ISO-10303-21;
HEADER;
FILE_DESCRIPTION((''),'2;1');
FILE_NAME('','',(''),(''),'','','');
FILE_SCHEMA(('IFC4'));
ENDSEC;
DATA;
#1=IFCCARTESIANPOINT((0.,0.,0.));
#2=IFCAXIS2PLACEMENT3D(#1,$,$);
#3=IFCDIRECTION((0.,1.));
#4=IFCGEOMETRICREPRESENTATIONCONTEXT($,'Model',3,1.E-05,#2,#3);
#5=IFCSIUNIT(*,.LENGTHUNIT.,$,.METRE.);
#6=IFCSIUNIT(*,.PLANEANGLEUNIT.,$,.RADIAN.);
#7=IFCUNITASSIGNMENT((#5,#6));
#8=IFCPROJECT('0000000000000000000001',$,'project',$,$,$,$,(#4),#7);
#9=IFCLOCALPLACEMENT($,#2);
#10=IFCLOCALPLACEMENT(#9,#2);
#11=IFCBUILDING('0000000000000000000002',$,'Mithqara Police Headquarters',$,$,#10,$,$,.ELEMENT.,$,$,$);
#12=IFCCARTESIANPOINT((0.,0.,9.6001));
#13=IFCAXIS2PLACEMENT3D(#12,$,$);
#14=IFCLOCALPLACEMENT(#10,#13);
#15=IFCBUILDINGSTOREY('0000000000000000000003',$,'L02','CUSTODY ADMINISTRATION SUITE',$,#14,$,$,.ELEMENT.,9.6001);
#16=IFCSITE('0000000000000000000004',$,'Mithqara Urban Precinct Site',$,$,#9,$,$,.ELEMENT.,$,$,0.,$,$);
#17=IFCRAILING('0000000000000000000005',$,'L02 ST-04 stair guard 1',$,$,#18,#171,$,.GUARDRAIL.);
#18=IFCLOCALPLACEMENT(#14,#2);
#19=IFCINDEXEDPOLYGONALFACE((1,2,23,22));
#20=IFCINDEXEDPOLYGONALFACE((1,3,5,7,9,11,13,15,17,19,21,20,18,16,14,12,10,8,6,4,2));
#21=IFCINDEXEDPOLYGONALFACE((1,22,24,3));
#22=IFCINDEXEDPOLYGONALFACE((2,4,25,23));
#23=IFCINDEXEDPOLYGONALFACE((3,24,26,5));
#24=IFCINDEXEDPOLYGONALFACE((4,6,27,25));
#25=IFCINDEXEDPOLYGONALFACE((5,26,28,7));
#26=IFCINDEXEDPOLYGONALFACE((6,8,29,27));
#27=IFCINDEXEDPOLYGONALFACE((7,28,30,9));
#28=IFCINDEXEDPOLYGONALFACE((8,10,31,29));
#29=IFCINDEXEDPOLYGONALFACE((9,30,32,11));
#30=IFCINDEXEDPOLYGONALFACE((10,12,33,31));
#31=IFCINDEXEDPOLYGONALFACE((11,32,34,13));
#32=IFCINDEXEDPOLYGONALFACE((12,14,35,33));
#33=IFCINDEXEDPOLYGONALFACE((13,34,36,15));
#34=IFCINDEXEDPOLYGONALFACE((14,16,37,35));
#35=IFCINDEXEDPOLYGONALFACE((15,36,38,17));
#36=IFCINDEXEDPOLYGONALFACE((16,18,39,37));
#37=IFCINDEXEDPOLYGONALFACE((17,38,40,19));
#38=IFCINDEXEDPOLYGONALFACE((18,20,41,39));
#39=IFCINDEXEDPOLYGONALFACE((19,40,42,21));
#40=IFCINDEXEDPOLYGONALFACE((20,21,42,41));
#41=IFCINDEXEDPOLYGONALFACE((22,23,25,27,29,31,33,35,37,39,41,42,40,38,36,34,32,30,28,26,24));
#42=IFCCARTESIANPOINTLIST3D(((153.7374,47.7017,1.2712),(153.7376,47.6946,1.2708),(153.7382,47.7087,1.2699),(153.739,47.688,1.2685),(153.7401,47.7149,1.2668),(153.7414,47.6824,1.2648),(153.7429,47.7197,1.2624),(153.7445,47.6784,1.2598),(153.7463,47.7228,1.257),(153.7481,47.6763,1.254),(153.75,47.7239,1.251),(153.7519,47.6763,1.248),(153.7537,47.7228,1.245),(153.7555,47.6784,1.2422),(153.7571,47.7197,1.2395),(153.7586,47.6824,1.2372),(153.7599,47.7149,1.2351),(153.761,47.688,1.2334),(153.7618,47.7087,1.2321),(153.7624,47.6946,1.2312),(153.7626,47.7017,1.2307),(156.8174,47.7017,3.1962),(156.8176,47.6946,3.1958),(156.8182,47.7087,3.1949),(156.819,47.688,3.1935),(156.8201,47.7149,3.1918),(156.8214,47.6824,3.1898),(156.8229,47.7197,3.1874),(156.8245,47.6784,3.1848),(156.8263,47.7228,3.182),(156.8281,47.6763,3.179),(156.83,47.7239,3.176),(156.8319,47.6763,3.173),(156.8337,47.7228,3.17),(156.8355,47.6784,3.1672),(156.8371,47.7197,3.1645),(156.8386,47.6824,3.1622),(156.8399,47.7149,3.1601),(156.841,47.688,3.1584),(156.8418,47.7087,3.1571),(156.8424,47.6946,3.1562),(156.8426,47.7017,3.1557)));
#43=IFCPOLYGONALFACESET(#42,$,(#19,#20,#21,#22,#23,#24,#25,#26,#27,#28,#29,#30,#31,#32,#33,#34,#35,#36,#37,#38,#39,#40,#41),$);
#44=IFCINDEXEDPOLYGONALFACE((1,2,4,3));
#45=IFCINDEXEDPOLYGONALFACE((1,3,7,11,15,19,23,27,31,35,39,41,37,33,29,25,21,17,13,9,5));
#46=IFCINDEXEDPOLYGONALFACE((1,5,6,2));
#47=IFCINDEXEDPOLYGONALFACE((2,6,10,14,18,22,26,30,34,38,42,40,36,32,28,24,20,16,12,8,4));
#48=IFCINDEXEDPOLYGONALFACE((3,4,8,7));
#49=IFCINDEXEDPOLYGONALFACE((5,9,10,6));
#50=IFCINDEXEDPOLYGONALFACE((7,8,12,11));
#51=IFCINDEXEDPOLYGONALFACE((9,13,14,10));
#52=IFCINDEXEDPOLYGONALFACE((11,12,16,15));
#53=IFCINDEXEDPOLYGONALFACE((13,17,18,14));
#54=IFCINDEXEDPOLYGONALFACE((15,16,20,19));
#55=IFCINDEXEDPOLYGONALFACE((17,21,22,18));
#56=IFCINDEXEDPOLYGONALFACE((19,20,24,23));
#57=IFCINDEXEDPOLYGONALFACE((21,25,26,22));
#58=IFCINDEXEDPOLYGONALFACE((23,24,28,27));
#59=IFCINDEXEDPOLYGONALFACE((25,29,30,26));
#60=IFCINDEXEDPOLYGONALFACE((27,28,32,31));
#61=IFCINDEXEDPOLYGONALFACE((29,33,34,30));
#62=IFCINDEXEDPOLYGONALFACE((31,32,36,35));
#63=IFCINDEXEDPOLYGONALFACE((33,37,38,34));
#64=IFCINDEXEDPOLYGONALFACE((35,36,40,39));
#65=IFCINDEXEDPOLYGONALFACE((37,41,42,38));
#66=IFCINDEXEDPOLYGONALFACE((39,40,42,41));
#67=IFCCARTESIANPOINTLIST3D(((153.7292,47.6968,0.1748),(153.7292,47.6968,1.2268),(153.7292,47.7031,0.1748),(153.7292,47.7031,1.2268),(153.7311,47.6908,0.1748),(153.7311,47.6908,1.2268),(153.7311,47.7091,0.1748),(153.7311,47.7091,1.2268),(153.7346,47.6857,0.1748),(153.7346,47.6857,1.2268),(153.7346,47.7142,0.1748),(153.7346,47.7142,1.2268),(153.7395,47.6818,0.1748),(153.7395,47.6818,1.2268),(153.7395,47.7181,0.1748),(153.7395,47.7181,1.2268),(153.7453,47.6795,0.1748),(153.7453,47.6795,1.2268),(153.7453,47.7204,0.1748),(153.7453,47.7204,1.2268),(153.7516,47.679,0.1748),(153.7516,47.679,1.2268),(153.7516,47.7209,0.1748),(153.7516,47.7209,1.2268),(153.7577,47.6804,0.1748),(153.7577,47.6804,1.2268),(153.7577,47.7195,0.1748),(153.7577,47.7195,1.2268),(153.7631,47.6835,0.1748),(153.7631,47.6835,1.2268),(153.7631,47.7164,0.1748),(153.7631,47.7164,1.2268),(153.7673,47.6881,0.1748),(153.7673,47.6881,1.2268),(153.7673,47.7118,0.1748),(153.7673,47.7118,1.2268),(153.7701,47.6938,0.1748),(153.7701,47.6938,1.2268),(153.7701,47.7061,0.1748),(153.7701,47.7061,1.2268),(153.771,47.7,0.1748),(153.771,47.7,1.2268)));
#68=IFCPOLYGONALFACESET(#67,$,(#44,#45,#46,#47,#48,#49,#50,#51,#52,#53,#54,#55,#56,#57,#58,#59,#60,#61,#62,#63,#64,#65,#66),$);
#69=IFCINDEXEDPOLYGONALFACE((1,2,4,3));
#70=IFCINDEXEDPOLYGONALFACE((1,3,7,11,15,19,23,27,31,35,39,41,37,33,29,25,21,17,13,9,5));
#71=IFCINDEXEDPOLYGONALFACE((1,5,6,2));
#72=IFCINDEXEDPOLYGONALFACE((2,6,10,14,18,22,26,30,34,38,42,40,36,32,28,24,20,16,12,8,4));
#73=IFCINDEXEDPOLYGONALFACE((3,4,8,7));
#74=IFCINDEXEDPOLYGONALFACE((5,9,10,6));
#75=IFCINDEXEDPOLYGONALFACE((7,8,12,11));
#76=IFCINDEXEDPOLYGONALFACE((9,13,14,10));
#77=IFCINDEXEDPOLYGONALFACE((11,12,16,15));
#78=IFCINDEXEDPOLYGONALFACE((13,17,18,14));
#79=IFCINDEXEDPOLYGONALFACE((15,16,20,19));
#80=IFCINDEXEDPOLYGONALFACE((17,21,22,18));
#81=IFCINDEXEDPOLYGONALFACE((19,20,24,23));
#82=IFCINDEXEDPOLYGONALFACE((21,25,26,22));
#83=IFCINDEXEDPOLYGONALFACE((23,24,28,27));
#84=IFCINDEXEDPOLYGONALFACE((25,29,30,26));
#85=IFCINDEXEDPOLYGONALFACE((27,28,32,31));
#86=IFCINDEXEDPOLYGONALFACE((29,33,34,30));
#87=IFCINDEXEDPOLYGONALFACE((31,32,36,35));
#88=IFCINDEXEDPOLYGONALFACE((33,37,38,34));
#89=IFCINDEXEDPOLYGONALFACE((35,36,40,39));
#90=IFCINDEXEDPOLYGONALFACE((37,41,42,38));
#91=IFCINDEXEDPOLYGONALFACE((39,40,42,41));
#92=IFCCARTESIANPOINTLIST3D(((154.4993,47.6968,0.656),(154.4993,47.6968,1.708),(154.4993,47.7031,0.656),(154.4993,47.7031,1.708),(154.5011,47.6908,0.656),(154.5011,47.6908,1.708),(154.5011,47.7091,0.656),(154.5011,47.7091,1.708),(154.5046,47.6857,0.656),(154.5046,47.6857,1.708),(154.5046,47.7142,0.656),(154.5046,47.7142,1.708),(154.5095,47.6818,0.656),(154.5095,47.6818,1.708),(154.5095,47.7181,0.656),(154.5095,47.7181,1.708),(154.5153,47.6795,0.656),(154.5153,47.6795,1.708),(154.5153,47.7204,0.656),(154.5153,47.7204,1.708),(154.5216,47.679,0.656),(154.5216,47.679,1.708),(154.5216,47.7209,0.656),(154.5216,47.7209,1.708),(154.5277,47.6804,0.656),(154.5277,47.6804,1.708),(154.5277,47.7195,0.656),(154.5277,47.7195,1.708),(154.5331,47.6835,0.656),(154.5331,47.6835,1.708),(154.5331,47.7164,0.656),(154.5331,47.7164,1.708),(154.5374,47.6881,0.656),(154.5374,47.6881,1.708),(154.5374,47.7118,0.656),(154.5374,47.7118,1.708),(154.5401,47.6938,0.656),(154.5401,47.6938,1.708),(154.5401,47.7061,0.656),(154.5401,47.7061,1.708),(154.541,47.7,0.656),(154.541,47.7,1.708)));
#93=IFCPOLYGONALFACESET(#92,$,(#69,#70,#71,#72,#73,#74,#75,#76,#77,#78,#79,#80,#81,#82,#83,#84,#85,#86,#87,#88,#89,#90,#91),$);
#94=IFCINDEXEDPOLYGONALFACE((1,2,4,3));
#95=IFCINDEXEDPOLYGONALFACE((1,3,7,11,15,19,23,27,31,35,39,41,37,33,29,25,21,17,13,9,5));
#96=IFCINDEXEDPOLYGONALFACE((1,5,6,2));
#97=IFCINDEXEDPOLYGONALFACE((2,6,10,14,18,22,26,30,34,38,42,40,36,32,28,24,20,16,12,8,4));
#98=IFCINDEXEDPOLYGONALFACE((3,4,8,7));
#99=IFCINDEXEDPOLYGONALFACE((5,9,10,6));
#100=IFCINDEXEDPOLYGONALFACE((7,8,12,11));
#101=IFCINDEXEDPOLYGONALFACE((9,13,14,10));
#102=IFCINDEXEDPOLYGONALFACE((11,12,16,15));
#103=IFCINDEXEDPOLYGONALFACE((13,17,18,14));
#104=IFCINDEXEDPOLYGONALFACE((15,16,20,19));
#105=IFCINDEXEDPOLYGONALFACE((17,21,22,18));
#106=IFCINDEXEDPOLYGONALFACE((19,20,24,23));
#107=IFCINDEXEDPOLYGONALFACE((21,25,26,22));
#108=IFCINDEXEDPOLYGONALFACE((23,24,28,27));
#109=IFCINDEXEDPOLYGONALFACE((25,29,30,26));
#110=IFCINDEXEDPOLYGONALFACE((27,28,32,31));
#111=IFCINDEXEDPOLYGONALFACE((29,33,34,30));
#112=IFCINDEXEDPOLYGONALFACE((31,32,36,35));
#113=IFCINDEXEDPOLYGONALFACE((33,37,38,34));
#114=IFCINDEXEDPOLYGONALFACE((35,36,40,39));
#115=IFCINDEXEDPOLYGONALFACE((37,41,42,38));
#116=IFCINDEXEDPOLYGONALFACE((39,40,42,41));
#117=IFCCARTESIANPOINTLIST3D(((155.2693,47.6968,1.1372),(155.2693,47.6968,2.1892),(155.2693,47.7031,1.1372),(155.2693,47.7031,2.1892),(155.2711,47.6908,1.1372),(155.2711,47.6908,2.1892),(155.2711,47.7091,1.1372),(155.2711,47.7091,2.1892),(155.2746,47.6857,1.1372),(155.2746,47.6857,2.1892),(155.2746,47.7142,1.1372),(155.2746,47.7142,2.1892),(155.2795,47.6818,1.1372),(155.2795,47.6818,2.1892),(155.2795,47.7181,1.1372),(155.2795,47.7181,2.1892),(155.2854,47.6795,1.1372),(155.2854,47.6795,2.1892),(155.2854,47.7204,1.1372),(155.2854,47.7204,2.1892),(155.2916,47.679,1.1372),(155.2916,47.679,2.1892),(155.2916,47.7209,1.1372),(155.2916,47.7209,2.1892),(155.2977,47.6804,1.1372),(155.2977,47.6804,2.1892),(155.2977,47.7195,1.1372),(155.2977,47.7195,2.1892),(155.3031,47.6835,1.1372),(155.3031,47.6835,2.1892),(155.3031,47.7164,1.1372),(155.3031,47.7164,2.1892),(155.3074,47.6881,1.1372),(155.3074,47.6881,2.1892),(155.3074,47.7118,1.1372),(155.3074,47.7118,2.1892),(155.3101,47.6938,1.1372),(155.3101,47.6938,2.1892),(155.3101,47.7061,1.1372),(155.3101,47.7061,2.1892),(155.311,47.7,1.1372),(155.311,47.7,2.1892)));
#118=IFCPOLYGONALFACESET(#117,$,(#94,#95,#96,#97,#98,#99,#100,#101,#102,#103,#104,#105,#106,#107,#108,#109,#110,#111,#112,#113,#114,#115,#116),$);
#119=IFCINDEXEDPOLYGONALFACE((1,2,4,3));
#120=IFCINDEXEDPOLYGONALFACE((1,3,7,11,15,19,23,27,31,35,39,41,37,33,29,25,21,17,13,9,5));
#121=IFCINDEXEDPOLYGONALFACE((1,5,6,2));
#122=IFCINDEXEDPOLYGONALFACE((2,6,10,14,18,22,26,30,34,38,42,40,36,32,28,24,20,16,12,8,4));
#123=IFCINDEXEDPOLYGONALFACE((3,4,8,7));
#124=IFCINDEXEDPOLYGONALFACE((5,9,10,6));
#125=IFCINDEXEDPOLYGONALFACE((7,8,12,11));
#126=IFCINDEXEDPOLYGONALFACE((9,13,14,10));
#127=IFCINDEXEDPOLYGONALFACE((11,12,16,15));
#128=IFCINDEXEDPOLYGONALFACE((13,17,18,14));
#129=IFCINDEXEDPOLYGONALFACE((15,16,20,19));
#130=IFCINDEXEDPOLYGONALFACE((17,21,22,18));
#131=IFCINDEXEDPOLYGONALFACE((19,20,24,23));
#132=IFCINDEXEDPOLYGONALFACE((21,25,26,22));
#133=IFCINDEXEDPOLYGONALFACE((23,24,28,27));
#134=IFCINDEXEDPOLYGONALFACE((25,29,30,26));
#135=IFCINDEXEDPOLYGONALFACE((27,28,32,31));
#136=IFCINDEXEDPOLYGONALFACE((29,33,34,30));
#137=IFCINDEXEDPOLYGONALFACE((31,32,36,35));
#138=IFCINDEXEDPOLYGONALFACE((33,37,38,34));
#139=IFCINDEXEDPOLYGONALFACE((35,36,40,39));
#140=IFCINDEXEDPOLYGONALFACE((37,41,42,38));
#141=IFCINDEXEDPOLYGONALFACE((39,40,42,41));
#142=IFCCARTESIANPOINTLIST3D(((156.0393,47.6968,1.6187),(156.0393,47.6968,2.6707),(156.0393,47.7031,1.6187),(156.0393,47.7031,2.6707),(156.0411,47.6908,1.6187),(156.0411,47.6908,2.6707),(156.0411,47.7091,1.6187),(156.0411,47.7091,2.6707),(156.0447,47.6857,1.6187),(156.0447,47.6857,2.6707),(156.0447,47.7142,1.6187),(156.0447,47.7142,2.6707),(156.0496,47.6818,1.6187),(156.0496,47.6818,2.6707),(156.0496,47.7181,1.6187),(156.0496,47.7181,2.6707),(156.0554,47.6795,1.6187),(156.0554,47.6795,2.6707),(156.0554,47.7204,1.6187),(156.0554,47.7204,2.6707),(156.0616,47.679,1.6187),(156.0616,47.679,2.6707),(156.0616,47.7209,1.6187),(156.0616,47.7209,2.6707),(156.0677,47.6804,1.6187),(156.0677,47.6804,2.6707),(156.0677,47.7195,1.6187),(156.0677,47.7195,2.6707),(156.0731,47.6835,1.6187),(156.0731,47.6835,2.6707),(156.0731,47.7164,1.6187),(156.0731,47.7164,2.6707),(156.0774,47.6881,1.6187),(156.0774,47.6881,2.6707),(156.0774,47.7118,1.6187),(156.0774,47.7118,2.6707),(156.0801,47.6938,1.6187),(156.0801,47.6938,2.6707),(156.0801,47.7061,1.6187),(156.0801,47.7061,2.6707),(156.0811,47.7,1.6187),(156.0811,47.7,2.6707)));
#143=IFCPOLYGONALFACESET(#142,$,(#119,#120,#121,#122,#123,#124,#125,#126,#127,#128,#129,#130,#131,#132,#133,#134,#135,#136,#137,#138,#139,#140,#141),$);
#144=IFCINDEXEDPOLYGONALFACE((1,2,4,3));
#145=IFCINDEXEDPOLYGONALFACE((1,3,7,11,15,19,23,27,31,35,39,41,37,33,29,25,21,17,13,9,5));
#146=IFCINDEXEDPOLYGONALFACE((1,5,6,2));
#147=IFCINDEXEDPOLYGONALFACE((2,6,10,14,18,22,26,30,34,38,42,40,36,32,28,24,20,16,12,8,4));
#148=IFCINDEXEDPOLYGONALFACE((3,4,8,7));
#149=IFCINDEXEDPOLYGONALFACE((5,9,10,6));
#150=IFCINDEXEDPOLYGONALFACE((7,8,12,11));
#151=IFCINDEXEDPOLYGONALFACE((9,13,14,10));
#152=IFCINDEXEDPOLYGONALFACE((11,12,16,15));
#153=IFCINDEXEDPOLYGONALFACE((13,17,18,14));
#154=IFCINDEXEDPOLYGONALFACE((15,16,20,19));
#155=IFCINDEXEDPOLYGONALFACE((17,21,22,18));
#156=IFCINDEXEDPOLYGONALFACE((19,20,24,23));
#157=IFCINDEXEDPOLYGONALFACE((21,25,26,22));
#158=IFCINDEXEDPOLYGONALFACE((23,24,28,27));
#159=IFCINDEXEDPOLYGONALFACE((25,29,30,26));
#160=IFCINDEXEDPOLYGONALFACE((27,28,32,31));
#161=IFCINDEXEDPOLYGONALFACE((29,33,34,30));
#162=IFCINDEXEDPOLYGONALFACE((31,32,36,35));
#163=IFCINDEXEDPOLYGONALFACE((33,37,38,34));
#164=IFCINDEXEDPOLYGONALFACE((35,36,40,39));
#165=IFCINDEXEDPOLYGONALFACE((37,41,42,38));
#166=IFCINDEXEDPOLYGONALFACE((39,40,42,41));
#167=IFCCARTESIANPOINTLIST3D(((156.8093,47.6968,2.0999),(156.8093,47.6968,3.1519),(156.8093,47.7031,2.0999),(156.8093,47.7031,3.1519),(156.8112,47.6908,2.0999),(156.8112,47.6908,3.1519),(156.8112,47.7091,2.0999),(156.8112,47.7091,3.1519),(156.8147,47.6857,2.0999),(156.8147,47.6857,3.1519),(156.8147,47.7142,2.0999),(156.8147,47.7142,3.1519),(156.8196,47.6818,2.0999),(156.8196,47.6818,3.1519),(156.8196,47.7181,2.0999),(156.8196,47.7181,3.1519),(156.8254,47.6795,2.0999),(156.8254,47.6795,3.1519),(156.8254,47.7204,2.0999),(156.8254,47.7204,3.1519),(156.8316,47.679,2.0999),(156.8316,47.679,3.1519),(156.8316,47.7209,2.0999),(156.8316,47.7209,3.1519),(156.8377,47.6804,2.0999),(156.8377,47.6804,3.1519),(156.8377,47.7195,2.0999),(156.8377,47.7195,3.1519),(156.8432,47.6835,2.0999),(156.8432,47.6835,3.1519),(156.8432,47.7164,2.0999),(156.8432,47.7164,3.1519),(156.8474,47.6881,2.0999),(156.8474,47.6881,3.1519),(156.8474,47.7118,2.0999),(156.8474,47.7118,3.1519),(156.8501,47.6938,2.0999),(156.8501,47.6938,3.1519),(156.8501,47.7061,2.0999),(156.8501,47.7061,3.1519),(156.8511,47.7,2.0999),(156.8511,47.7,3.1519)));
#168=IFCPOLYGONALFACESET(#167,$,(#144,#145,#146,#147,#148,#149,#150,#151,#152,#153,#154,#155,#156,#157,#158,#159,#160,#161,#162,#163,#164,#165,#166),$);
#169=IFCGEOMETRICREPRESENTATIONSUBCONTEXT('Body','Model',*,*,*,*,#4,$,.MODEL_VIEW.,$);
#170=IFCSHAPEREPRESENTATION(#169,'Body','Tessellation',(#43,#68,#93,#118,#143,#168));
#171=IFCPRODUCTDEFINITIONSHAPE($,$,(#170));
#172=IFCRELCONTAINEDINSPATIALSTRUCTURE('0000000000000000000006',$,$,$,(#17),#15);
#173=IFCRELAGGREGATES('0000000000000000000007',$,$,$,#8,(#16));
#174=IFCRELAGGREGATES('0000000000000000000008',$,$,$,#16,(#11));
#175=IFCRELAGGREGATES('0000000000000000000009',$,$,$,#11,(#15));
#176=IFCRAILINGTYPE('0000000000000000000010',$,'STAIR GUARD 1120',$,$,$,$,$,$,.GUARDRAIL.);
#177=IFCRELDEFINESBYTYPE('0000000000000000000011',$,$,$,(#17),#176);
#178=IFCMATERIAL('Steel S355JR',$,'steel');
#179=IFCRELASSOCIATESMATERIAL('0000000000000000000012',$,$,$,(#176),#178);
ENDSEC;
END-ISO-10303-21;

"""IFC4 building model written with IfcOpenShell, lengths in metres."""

from ifc_helpers import new_model, si_unit, direction, frame, origin, origin_2d, place, context, subcontext, project, spatial, circle, extrude, material, type_object, element, save


model = new_model("IFC4")

# Units and contexts
model_context = context("Model", 3, precision=1e-05, world=origin(), true_north=direction((0.0, 1.0)))
body_context = subcontext(model_context, "Body", "Model", "MODEL_VIEW")
ifc_project = project(units=[si_unit("LENGTHUNIT", "METRE"), si_unit("PLANEANGLEUNIT", "RADIAN")], contexts=[model_context])

# Site, building, storey
site_placement = place(None, origin())
site = spatial("IfcSite", under=ifc_project, at=site_placement, Name="Mithqara Urban Precinct Site", CompositionType="ELEMENT", RefElevation=0.0)
building_placement = place(site_placement, origin())
building = spatial("IfcBuilding", under=site, at=building_placement, Name="Mithqara Police Headquarters", CompositionType="ELEMENT")
storey_placement = place(building_placement, frame((0.0, 0.0, 9.6001)))
storey = spatial("IfcBuildingStorey", under=building, at=storey_placement, Name="L02", Description="CUSTODY ADMINISTRATION SUITE", CompositionType="ELEMENT", Elevation=9.6001)

# Shared definitions
ifc_material_1 = material(Name="Steel S355JR", Category="steel")

# Railing
railing_type_1 = type_object("IfcRailingType", Name="STAIR GUARD 1120", PredefinedType="GUARDRAIL", material=ifc_material_1)
railing_1_placement = place(storey_placement, frame((153.75, 47.7, 0.1748)))
element("IfcRailing", 1, at=railing_1_placement, inside=storey, type_object=railing_type_1, Name="L02 ST-04 stair guard 1", PredefinedType="GUARDRAIL", context=body_context, shape_type="SweptSolid", body=[
    extrude(circle(Radius=0.0239, at=origin_2d()), frame((0.0, 0.0, 1.0762), z_axis=(0.847998, 0.0, 0.529999), x_axis=(0.0, 1.0, 0.0)), (0.0, 0.0, 1.0), 3.6321),
    extrude(circle(Radius=0.021, at=origin_2d()), origin(), (0.0, 0.0, 1.0), 1.052),
    extrude(circle(Radius=0.021, at=origin_2d()), frame((0.77, 0.0, 0.4812)), (0.0, 0.0, 1.0), 1.052),
    extrude(circle(Radius=0.021, at=origin_2d()), frame((1.54, 0.0, 0.9624)), (0.0, 0.0, 1.0), 1.052),
    extrude(circle(Radius=0.021, at=origin_2d()), frame((2.3101, 0.0, 1.4438)), (0.0, 0.0, 1.0), 1.052),
    extrude(circle(Radius=0.021, at=origin_2d()), frame((3.0801, 0.0, 1.925)), (0.0, 0.0, 1.0), 1.052),
])

save(model, "model.ifc")
